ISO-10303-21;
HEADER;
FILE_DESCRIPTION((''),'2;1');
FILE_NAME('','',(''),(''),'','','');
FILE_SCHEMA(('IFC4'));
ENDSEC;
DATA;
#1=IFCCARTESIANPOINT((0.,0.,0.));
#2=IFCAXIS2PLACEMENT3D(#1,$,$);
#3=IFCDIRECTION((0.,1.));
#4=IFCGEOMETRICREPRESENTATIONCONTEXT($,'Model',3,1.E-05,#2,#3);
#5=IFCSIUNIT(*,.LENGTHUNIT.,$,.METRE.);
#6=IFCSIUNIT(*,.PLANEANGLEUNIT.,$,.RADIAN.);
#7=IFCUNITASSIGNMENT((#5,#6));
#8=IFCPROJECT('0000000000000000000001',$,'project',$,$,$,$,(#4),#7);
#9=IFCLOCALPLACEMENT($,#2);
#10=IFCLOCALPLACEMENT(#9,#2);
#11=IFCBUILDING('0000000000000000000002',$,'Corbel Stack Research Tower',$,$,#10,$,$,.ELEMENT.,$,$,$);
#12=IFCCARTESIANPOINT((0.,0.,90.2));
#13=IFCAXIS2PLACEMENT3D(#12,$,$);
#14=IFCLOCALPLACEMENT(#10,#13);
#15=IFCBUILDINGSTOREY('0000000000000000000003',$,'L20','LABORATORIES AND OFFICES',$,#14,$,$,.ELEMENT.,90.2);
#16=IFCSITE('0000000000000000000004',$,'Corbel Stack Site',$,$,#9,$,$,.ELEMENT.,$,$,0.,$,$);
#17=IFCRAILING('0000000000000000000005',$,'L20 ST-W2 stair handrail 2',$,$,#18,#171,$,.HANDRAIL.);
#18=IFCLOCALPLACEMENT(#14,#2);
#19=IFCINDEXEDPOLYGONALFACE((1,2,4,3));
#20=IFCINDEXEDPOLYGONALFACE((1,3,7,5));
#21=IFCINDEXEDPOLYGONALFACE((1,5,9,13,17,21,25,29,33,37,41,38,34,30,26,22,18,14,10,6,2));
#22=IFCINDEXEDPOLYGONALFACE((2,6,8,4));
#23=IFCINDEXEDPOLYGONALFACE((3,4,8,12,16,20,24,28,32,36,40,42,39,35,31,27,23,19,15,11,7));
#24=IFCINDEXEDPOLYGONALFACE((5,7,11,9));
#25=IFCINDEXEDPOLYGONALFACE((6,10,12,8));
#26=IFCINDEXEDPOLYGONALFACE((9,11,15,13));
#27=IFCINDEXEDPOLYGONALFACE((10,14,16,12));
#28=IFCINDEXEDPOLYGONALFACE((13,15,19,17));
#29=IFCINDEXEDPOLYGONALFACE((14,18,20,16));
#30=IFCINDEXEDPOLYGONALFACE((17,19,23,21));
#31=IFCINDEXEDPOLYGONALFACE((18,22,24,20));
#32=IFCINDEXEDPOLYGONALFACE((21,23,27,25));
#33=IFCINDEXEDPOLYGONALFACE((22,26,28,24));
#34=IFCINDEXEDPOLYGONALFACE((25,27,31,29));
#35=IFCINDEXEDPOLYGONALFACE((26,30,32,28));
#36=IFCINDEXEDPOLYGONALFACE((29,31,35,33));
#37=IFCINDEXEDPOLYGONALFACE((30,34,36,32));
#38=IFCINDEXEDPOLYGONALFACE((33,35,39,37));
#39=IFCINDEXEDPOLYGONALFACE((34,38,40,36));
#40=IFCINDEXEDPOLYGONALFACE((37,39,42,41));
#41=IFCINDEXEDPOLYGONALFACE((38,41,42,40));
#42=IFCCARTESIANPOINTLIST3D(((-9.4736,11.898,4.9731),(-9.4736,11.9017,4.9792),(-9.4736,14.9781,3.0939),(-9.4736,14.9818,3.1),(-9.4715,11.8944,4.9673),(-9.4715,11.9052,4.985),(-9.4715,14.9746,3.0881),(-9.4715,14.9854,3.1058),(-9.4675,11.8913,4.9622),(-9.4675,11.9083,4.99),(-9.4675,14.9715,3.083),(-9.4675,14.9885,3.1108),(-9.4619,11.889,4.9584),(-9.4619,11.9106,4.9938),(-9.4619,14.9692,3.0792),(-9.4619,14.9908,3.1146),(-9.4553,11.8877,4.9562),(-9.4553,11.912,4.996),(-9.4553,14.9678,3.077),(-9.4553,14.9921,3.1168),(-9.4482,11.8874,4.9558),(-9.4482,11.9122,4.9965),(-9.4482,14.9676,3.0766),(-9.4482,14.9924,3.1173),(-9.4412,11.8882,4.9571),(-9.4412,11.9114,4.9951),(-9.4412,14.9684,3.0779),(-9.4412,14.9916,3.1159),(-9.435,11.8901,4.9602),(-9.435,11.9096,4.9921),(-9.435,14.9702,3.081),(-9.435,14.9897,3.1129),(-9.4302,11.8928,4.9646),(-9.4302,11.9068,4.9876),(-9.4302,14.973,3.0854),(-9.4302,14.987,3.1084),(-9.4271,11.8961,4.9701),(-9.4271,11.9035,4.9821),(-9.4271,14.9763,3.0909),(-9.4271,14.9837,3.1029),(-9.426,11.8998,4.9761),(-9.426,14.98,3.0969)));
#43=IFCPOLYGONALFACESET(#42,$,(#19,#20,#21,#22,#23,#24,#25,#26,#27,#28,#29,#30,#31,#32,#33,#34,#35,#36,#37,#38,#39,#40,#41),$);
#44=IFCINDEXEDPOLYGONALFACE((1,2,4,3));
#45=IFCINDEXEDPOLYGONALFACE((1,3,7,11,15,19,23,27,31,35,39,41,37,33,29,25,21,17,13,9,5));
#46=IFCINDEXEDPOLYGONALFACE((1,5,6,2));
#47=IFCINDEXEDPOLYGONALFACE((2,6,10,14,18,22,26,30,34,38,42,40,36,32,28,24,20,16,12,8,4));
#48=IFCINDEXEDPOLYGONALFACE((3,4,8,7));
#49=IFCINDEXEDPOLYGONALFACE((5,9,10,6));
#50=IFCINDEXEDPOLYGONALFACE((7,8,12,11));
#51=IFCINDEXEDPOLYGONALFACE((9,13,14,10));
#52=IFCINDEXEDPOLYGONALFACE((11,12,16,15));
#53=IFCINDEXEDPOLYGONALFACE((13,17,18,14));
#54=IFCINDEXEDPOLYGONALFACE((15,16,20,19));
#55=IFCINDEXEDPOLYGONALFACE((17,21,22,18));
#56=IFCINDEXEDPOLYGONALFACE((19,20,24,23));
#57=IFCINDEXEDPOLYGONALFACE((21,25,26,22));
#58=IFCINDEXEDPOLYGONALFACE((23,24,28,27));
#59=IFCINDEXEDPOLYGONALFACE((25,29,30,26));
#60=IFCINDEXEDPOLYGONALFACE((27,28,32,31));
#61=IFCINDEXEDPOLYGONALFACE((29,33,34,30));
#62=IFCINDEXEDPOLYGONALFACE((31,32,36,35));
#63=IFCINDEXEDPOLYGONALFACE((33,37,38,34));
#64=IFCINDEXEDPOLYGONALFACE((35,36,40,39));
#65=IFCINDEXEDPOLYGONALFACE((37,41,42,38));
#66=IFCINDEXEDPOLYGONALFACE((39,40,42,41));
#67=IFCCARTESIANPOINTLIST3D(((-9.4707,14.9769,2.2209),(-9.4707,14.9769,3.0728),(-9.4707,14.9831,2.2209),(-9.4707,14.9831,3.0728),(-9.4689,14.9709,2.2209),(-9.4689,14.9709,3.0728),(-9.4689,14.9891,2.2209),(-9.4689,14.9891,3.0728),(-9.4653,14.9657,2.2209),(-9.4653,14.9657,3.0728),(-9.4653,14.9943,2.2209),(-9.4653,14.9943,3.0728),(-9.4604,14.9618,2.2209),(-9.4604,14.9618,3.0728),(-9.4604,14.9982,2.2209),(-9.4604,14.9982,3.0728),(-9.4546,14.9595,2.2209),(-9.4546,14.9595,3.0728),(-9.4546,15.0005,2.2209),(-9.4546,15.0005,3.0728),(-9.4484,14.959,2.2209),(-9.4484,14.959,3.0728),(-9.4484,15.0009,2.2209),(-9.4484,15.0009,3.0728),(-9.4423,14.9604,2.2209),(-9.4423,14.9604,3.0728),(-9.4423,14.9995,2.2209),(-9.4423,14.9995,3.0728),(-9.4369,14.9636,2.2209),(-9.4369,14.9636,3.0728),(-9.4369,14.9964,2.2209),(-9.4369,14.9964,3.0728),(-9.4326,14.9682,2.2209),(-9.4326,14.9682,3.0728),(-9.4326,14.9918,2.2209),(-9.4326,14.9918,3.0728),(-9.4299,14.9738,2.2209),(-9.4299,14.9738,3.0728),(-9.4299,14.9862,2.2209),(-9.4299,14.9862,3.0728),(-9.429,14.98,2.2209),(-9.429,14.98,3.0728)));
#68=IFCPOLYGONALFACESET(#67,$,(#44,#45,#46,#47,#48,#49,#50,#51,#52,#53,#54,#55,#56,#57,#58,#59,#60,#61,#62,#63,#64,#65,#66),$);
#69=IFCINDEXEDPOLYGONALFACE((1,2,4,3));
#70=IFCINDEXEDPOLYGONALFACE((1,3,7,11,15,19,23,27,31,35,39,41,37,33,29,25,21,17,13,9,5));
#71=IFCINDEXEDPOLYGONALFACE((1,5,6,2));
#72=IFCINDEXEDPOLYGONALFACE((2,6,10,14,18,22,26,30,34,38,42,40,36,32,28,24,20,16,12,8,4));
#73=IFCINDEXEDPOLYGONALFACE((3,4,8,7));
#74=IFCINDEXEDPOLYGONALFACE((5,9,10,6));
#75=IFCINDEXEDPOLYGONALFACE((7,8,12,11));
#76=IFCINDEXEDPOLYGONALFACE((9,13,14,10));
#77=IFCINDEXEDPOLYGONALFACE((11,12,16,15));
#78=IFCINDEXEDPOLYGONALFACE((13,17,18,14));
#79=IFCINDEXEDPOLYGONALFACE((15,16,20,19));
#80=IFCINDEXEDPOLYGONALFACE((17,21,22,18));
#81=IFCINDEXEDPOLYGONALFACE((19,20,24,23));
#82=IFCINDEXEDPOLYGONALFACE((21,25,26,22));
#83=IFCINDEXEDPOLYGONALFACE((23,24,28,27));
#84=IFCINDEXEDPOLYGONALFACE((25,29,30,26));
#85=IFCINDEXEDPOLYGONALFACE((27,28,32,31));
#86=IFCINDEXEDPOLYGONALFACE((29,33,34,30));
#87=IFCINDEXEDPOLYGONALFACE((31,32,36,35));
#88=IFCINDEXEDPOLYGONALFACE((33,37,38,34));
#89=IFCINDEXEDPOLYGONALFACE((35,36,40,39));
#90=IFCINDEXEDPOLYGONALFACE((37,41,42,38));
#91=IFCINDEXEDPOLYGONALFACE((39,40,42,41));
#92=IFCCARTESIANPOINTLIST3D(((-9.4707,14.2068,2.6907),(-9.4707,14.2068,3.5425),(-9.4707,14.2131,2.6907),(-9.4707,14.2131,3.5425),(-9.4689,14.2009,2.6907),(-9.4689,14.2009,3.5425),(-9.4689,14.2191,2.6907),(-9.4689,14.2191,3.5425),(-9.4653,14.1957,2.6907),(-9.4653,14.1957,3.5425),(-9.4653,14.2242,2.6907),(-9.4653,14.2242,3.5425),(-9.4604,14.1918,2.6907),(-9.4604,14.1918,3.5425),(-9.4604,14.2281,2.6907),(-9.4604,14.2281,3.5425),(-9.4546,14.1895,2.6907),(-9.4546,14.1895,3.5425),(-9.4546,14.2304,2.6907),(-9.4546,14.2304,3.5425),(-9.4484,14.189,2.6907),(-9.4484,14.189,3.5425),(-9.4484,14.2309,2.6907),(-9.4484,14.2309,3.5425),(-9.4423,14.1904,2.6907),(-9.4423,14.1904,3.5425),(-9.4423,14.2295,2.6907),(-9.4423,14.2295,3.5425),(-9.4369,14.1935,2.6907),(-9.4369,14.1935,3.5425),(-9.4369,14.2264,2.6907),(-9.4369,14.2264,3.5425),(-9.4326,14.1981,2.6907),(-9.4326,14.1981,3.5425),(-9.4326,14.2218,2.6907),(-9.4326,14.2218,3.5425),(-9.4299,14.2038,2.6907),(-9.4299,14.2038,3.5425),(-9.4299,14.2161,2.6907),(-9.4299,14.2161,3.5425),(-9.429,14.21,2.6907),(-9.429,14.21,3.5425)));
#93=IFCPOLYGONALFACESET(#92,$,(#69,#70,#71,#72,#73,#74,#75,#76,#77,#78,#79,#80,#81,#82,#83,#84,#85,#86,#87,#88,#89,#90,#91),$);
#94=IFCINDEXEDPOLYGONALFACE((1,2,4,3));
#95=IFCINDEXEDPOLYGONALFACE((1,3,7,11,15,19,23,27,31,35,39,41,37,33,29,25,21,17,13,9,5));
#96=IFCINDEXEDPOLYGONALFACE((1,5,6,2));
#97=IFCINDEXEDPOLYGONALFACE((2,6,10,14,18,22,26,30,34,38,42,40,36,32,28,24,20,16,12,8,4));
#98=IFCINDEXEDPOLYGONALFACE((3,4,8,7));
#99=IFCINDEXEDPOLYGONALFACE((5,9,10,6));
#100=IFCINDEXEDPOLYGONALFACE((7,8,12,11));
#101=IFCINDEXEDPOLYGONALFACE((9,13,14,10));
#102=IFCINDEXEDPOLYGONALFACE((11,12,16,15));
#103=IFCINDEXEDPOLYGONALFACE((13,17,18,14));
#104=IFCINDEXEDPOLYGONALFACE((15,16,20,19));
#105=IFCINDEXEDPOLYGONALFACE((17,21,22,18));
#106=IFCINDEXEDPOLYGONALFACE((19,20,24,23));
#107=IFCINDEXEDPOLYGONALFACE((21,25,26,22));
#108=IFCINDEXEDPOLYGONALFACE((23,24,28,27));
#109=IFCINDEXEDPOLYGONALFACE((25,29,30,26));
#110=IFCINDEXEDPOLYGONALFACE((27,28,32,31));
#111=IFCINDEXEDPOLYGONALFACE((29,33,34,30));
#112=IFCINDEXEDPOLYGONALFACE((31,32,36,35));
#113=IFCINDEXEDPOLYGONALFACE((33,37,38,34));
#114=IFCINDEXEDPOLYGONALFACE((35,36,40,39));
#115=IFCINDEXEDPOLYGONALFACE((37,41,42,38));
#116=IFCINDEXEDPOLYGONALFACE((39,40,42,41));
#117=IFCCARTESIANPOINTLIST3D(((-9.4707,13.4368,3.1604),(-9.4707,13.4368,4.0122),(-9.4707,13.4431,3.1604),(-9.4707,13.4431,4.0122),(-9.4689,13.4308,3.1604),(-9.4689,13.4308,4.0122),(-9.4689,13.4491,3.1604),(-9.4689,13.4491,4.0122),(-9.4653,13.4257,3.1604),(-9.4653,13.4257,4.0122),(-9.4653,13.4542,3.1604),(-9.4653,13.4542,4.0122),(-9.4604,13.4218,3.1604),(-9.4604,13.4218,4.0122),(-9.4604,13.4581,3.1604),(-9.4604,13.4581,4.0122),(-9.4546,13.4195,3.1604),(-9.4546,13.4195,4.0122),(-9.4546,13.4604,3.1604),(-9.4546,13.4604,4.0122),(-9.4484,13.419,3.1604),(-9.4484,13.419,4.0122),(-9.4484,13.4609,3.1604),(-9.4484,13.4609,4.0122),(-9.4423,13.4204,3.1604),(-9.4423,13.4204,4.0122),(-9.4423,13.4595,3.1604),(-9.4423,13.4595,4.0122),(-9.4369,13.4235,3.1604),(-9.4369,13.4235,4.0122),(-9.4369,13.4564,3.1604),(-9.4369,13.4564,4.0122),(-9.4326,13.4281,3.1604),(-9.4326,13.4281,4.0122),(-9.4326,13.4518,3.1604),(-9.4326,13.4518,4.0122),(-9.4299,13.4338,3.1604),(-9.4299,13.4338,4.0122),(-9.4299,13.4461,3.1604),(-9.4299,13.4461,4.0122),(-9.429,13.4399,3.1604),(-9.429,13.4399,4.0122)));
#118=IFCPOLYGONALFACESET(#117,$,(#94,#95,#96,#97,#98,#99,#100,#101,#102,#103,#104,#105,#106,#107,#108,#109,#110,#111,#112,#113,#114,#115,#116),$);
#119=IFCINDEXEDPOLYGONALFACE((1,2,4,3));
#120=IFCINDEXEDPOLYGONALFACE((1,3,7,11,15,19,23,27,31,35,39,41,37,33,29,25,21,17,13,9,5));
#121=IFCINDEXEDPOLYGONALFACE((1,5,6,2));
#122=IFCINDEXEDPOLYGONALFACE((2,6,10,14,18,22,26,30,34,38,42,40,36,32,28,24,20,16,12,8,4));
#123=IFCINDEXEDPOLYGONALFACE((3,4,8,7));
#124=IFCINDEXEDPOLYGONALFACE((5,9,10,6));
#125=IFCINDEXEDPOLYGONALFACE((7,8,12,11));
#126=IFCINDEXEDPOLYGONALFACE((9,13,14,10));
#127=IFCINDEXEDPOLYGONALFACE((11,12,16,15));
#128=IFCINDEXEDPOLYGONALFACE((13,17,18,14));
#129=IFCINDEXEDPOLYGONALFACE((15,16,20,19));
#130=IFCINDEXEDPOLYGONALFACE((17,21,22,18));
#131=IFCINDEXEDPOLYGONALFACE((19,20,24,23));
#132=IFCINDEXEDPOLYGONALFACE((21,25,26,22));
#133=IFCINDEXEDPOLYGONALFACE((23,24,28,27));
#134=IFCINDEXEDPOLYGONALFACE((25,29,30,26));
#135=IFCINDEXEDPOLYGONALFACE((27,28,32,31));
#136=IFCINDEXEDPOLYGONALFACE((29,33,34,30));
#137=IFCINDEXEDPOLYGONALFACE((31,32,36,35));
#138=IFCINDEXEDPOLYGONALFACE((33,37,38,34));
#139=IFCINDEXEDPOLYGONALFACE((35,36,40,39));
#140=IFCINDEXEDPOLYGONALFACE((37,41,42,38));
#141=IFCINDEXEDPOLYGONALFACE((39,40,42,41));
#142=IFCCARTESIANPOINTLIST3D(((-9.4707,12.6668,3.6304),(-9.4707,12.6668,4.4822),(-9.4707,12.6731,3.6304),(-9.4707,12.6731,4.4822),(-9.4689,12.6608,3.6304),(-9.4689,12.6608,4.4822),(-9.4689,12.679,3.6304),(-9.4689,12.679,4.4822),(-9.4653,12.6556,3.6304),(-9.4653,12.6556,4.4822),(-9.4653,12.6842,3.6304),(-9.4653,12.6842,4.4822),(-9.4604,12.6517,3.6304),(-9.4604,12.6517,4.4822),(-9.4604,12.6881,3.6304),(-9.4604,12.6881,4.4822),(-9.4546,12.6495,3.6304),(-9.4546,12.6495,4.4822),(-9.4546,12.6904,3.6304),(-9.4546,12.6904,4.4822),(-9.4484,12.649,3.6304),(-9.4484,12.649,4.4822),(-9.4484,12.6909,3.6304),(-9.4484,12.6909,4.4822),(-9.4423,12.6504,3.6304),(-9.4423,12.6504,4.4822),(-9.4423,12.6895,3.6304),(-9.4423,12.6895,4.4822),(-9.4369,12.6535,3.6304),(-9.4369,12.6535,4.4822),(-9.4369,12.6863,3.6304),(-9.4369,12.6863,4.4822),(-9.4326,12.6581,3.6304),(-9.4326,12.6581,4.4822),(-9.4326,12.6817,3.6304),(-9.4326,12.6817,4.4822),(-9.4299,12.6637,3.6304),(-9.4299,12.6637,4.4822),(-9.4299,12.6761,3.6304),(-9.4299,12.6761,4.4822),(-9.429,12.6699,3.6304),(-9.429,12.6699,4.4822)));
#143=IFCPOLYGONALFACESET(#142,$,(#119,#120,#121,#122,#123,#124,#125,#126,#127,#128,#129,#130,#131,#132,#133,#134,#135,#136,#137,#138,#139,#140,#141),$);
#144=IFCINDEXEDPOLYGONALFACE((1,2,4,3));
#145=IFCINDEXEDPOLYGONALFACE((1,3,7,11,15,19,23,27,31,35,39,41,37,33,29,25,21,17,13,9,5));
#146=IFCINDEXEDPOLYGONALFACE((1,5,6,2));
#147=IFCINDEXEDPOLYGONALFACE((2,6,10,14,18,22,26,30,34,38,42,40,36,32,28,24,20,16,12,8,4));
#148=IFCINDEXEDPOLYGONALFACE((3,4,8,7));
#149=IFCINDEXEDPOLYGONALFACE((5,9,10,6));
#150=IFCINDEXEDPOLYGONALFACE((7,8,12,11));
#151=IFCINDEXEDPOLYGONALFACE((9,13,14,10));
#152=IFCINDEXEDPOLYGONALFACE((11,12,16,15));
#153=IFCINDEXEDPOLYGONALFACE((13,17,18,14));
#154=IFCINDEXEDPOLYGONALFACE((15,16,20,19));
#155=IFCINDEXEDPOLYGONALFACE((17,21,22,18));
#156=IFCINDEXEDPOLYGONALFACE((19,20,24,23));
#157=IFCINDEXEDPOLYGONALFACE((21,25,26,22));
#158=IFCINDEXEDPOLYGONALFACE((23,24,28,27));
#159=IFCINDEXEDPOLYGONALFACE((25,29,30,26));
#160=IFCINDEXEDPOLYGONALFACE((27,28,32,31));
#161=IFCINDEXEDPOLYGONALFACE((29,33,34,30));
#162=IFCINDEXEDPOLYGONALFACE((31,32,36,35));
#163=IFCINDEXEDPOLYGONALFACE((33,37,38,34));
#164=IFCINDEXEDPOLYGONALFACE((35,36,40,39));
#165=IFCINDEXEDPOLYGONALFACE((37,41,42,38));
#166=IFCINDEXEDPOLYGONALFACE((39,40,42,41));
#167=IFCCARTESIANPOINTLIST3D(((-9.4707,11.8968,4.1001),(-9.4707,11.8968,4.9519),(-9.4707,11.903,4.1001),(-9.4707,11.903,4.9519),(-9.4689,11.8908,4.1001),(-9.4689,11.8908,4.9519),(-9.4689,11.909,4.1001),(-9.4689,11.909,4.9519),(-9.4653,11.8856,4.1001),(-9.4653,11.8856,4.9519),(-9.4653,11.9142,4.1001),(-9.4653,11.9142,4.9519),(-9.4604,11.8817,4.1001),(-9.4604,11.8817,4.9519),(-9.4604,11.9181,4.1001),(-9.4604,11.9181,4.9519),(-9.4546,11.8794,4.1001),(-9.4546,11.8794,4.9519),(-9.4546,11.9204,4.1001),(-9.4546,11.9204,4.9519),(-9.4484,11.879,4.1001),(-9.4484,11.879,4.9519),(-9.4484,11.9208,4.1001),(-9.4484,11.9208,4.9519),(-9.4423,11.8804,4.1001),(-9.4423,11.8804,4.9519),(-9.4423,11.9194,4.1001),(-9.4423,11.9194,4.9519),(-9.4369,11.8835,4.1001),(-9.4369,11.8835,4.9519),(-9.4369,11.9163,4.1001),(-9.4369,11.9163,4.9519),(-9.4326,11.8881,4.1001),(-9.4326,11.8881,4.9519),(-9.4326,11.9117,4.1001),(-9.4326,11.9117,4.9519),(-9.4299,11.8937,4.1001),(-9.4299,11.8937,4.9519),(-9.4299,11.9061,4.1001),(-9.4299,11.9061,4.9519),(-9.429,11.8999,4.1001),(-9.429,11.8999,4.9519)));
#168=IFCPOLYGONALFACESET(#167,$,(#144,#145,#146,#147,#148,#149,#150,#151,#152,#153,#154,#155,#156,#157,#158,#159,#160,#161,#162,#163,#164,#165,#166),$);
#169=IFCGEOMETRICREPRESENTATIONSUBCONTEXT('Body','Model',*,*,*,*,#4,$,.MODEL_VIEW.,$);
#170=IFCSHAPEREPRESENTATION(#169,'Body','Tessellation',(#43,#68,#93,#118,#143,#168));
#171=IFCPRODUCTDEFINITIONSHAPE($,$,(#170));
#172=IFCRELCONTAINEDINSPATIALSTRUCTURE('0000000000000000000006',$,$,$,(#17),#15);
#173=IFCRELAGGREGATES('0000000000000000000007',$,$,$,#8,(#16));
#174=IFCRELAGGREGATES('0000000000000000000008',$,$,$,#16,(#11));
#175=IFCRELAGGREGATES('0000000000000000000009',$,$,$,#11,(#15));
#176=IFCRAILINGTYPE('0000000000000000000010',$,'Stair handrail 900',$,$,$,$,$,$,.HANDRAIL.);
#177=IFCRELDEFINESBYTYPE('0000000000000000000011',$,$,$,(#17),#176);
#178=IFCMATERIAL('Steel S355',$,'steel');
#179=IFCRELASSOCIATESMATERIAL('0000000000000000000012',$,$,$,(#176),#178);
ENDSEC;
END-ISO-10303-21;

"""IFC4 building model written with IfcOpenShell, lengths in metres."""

from ifc_helpers import new_model, si_unit, direction, frame, origin, origin_2d, place, context, subcontext, project, spatial, circle, extrude, material, type_object, element, save


model = new_model("IFC4")

# Units and contexts
model_context = context("Model", 3, precision=1e-05, world=origin(), true_north=direction((0.0, 1.0)))
body_context = subcontext(model_context, "Body", "Model", "MODEL_VIEW")
ifc_project = project(units=[si_unit("LENGTHUNIT", "METRE"), si_unit("PLANEANGLEUNIT", "RADIAN")], contexts=[model_context])

# Site, building, storey
site_placement = place(None, origin())
site = spatial("IfcSite", under=ifc_project, at=site_placement, Name="Corbel Stack Site", CompositionType="ELEMENT", RefElevation=0.0)
building_placement = place(site_placement, origin())
building = spatial("IfcBuilding", under=site, at=building_placement, Name="Corbel Stack Research Tower", CompositionType="ELEMENT")
storey_placement = place(building_placement, frame((0.0, 0.0, 90.2)))
storey = spatial("IfcBuildingStorey", under=building, at=storey_placement, Name="L20", Description="LABORATORIES AND OFFICES", CompositionType="ELEMENT", Elevation=90.2)

# Railing
ifc_material_1 = material(Name="Steel S355", Category="steel")
railing_type_1 = type_object("IfcRailingType", Name="Stair handrail 900", PredefinedType="HANDRAIL", material=ifc_material_1)
railing_placement = place(storey_placement, frame((-9.45, 14.98, 2.2209)))
element("IfcRailing", 1, at=railing_placement, inside=storey, type_object=railing_type_1, Name="L20 ST-W2 stair handrail 2", PredefinedType="HANDRAIL", context=body_context, shape_type="SweptSolid", body=[
    extrude(circle(Radius=0.0239, at=origin_2d()), frame((0.0, 0.0, 0.876), z_axis=(0.0, -0.853666, 0.52082), x_axis=(1.0, 0.0, 0.0)), (0.0, 0.0, 1.0), 3.6082),
    extrude(circle(Radius=0.021, at=origin_2d()), origin(), (0.0, 0.0, 1.0), 0.8518),
    extrude(circle(Radius=0.021, at=origin_2d()), frame((0.0, -0.77, 0.4697)), (0.0, 0.0, 1.0), 0.8518),
    extrude(circle(Radius=0.021, at=origin_2d()), frame((0.0, -1.54, 0.9395)), (0.0, 0.0, 1.0), 0.8518),
    extrude(circle(Radius=0.021, at=origin_2d()), frame((0.0, -2.3101, 1.4094)), (0.0, 0.0, 1.0), 0.8518),
    extrude(circle(Radius=0.021, at=origin_2d()), frame((0.0, -3.0801, 1.8792)), (0.0, 0.0, 1.0), 0.8518),
])

save(model, "model.ifc")
